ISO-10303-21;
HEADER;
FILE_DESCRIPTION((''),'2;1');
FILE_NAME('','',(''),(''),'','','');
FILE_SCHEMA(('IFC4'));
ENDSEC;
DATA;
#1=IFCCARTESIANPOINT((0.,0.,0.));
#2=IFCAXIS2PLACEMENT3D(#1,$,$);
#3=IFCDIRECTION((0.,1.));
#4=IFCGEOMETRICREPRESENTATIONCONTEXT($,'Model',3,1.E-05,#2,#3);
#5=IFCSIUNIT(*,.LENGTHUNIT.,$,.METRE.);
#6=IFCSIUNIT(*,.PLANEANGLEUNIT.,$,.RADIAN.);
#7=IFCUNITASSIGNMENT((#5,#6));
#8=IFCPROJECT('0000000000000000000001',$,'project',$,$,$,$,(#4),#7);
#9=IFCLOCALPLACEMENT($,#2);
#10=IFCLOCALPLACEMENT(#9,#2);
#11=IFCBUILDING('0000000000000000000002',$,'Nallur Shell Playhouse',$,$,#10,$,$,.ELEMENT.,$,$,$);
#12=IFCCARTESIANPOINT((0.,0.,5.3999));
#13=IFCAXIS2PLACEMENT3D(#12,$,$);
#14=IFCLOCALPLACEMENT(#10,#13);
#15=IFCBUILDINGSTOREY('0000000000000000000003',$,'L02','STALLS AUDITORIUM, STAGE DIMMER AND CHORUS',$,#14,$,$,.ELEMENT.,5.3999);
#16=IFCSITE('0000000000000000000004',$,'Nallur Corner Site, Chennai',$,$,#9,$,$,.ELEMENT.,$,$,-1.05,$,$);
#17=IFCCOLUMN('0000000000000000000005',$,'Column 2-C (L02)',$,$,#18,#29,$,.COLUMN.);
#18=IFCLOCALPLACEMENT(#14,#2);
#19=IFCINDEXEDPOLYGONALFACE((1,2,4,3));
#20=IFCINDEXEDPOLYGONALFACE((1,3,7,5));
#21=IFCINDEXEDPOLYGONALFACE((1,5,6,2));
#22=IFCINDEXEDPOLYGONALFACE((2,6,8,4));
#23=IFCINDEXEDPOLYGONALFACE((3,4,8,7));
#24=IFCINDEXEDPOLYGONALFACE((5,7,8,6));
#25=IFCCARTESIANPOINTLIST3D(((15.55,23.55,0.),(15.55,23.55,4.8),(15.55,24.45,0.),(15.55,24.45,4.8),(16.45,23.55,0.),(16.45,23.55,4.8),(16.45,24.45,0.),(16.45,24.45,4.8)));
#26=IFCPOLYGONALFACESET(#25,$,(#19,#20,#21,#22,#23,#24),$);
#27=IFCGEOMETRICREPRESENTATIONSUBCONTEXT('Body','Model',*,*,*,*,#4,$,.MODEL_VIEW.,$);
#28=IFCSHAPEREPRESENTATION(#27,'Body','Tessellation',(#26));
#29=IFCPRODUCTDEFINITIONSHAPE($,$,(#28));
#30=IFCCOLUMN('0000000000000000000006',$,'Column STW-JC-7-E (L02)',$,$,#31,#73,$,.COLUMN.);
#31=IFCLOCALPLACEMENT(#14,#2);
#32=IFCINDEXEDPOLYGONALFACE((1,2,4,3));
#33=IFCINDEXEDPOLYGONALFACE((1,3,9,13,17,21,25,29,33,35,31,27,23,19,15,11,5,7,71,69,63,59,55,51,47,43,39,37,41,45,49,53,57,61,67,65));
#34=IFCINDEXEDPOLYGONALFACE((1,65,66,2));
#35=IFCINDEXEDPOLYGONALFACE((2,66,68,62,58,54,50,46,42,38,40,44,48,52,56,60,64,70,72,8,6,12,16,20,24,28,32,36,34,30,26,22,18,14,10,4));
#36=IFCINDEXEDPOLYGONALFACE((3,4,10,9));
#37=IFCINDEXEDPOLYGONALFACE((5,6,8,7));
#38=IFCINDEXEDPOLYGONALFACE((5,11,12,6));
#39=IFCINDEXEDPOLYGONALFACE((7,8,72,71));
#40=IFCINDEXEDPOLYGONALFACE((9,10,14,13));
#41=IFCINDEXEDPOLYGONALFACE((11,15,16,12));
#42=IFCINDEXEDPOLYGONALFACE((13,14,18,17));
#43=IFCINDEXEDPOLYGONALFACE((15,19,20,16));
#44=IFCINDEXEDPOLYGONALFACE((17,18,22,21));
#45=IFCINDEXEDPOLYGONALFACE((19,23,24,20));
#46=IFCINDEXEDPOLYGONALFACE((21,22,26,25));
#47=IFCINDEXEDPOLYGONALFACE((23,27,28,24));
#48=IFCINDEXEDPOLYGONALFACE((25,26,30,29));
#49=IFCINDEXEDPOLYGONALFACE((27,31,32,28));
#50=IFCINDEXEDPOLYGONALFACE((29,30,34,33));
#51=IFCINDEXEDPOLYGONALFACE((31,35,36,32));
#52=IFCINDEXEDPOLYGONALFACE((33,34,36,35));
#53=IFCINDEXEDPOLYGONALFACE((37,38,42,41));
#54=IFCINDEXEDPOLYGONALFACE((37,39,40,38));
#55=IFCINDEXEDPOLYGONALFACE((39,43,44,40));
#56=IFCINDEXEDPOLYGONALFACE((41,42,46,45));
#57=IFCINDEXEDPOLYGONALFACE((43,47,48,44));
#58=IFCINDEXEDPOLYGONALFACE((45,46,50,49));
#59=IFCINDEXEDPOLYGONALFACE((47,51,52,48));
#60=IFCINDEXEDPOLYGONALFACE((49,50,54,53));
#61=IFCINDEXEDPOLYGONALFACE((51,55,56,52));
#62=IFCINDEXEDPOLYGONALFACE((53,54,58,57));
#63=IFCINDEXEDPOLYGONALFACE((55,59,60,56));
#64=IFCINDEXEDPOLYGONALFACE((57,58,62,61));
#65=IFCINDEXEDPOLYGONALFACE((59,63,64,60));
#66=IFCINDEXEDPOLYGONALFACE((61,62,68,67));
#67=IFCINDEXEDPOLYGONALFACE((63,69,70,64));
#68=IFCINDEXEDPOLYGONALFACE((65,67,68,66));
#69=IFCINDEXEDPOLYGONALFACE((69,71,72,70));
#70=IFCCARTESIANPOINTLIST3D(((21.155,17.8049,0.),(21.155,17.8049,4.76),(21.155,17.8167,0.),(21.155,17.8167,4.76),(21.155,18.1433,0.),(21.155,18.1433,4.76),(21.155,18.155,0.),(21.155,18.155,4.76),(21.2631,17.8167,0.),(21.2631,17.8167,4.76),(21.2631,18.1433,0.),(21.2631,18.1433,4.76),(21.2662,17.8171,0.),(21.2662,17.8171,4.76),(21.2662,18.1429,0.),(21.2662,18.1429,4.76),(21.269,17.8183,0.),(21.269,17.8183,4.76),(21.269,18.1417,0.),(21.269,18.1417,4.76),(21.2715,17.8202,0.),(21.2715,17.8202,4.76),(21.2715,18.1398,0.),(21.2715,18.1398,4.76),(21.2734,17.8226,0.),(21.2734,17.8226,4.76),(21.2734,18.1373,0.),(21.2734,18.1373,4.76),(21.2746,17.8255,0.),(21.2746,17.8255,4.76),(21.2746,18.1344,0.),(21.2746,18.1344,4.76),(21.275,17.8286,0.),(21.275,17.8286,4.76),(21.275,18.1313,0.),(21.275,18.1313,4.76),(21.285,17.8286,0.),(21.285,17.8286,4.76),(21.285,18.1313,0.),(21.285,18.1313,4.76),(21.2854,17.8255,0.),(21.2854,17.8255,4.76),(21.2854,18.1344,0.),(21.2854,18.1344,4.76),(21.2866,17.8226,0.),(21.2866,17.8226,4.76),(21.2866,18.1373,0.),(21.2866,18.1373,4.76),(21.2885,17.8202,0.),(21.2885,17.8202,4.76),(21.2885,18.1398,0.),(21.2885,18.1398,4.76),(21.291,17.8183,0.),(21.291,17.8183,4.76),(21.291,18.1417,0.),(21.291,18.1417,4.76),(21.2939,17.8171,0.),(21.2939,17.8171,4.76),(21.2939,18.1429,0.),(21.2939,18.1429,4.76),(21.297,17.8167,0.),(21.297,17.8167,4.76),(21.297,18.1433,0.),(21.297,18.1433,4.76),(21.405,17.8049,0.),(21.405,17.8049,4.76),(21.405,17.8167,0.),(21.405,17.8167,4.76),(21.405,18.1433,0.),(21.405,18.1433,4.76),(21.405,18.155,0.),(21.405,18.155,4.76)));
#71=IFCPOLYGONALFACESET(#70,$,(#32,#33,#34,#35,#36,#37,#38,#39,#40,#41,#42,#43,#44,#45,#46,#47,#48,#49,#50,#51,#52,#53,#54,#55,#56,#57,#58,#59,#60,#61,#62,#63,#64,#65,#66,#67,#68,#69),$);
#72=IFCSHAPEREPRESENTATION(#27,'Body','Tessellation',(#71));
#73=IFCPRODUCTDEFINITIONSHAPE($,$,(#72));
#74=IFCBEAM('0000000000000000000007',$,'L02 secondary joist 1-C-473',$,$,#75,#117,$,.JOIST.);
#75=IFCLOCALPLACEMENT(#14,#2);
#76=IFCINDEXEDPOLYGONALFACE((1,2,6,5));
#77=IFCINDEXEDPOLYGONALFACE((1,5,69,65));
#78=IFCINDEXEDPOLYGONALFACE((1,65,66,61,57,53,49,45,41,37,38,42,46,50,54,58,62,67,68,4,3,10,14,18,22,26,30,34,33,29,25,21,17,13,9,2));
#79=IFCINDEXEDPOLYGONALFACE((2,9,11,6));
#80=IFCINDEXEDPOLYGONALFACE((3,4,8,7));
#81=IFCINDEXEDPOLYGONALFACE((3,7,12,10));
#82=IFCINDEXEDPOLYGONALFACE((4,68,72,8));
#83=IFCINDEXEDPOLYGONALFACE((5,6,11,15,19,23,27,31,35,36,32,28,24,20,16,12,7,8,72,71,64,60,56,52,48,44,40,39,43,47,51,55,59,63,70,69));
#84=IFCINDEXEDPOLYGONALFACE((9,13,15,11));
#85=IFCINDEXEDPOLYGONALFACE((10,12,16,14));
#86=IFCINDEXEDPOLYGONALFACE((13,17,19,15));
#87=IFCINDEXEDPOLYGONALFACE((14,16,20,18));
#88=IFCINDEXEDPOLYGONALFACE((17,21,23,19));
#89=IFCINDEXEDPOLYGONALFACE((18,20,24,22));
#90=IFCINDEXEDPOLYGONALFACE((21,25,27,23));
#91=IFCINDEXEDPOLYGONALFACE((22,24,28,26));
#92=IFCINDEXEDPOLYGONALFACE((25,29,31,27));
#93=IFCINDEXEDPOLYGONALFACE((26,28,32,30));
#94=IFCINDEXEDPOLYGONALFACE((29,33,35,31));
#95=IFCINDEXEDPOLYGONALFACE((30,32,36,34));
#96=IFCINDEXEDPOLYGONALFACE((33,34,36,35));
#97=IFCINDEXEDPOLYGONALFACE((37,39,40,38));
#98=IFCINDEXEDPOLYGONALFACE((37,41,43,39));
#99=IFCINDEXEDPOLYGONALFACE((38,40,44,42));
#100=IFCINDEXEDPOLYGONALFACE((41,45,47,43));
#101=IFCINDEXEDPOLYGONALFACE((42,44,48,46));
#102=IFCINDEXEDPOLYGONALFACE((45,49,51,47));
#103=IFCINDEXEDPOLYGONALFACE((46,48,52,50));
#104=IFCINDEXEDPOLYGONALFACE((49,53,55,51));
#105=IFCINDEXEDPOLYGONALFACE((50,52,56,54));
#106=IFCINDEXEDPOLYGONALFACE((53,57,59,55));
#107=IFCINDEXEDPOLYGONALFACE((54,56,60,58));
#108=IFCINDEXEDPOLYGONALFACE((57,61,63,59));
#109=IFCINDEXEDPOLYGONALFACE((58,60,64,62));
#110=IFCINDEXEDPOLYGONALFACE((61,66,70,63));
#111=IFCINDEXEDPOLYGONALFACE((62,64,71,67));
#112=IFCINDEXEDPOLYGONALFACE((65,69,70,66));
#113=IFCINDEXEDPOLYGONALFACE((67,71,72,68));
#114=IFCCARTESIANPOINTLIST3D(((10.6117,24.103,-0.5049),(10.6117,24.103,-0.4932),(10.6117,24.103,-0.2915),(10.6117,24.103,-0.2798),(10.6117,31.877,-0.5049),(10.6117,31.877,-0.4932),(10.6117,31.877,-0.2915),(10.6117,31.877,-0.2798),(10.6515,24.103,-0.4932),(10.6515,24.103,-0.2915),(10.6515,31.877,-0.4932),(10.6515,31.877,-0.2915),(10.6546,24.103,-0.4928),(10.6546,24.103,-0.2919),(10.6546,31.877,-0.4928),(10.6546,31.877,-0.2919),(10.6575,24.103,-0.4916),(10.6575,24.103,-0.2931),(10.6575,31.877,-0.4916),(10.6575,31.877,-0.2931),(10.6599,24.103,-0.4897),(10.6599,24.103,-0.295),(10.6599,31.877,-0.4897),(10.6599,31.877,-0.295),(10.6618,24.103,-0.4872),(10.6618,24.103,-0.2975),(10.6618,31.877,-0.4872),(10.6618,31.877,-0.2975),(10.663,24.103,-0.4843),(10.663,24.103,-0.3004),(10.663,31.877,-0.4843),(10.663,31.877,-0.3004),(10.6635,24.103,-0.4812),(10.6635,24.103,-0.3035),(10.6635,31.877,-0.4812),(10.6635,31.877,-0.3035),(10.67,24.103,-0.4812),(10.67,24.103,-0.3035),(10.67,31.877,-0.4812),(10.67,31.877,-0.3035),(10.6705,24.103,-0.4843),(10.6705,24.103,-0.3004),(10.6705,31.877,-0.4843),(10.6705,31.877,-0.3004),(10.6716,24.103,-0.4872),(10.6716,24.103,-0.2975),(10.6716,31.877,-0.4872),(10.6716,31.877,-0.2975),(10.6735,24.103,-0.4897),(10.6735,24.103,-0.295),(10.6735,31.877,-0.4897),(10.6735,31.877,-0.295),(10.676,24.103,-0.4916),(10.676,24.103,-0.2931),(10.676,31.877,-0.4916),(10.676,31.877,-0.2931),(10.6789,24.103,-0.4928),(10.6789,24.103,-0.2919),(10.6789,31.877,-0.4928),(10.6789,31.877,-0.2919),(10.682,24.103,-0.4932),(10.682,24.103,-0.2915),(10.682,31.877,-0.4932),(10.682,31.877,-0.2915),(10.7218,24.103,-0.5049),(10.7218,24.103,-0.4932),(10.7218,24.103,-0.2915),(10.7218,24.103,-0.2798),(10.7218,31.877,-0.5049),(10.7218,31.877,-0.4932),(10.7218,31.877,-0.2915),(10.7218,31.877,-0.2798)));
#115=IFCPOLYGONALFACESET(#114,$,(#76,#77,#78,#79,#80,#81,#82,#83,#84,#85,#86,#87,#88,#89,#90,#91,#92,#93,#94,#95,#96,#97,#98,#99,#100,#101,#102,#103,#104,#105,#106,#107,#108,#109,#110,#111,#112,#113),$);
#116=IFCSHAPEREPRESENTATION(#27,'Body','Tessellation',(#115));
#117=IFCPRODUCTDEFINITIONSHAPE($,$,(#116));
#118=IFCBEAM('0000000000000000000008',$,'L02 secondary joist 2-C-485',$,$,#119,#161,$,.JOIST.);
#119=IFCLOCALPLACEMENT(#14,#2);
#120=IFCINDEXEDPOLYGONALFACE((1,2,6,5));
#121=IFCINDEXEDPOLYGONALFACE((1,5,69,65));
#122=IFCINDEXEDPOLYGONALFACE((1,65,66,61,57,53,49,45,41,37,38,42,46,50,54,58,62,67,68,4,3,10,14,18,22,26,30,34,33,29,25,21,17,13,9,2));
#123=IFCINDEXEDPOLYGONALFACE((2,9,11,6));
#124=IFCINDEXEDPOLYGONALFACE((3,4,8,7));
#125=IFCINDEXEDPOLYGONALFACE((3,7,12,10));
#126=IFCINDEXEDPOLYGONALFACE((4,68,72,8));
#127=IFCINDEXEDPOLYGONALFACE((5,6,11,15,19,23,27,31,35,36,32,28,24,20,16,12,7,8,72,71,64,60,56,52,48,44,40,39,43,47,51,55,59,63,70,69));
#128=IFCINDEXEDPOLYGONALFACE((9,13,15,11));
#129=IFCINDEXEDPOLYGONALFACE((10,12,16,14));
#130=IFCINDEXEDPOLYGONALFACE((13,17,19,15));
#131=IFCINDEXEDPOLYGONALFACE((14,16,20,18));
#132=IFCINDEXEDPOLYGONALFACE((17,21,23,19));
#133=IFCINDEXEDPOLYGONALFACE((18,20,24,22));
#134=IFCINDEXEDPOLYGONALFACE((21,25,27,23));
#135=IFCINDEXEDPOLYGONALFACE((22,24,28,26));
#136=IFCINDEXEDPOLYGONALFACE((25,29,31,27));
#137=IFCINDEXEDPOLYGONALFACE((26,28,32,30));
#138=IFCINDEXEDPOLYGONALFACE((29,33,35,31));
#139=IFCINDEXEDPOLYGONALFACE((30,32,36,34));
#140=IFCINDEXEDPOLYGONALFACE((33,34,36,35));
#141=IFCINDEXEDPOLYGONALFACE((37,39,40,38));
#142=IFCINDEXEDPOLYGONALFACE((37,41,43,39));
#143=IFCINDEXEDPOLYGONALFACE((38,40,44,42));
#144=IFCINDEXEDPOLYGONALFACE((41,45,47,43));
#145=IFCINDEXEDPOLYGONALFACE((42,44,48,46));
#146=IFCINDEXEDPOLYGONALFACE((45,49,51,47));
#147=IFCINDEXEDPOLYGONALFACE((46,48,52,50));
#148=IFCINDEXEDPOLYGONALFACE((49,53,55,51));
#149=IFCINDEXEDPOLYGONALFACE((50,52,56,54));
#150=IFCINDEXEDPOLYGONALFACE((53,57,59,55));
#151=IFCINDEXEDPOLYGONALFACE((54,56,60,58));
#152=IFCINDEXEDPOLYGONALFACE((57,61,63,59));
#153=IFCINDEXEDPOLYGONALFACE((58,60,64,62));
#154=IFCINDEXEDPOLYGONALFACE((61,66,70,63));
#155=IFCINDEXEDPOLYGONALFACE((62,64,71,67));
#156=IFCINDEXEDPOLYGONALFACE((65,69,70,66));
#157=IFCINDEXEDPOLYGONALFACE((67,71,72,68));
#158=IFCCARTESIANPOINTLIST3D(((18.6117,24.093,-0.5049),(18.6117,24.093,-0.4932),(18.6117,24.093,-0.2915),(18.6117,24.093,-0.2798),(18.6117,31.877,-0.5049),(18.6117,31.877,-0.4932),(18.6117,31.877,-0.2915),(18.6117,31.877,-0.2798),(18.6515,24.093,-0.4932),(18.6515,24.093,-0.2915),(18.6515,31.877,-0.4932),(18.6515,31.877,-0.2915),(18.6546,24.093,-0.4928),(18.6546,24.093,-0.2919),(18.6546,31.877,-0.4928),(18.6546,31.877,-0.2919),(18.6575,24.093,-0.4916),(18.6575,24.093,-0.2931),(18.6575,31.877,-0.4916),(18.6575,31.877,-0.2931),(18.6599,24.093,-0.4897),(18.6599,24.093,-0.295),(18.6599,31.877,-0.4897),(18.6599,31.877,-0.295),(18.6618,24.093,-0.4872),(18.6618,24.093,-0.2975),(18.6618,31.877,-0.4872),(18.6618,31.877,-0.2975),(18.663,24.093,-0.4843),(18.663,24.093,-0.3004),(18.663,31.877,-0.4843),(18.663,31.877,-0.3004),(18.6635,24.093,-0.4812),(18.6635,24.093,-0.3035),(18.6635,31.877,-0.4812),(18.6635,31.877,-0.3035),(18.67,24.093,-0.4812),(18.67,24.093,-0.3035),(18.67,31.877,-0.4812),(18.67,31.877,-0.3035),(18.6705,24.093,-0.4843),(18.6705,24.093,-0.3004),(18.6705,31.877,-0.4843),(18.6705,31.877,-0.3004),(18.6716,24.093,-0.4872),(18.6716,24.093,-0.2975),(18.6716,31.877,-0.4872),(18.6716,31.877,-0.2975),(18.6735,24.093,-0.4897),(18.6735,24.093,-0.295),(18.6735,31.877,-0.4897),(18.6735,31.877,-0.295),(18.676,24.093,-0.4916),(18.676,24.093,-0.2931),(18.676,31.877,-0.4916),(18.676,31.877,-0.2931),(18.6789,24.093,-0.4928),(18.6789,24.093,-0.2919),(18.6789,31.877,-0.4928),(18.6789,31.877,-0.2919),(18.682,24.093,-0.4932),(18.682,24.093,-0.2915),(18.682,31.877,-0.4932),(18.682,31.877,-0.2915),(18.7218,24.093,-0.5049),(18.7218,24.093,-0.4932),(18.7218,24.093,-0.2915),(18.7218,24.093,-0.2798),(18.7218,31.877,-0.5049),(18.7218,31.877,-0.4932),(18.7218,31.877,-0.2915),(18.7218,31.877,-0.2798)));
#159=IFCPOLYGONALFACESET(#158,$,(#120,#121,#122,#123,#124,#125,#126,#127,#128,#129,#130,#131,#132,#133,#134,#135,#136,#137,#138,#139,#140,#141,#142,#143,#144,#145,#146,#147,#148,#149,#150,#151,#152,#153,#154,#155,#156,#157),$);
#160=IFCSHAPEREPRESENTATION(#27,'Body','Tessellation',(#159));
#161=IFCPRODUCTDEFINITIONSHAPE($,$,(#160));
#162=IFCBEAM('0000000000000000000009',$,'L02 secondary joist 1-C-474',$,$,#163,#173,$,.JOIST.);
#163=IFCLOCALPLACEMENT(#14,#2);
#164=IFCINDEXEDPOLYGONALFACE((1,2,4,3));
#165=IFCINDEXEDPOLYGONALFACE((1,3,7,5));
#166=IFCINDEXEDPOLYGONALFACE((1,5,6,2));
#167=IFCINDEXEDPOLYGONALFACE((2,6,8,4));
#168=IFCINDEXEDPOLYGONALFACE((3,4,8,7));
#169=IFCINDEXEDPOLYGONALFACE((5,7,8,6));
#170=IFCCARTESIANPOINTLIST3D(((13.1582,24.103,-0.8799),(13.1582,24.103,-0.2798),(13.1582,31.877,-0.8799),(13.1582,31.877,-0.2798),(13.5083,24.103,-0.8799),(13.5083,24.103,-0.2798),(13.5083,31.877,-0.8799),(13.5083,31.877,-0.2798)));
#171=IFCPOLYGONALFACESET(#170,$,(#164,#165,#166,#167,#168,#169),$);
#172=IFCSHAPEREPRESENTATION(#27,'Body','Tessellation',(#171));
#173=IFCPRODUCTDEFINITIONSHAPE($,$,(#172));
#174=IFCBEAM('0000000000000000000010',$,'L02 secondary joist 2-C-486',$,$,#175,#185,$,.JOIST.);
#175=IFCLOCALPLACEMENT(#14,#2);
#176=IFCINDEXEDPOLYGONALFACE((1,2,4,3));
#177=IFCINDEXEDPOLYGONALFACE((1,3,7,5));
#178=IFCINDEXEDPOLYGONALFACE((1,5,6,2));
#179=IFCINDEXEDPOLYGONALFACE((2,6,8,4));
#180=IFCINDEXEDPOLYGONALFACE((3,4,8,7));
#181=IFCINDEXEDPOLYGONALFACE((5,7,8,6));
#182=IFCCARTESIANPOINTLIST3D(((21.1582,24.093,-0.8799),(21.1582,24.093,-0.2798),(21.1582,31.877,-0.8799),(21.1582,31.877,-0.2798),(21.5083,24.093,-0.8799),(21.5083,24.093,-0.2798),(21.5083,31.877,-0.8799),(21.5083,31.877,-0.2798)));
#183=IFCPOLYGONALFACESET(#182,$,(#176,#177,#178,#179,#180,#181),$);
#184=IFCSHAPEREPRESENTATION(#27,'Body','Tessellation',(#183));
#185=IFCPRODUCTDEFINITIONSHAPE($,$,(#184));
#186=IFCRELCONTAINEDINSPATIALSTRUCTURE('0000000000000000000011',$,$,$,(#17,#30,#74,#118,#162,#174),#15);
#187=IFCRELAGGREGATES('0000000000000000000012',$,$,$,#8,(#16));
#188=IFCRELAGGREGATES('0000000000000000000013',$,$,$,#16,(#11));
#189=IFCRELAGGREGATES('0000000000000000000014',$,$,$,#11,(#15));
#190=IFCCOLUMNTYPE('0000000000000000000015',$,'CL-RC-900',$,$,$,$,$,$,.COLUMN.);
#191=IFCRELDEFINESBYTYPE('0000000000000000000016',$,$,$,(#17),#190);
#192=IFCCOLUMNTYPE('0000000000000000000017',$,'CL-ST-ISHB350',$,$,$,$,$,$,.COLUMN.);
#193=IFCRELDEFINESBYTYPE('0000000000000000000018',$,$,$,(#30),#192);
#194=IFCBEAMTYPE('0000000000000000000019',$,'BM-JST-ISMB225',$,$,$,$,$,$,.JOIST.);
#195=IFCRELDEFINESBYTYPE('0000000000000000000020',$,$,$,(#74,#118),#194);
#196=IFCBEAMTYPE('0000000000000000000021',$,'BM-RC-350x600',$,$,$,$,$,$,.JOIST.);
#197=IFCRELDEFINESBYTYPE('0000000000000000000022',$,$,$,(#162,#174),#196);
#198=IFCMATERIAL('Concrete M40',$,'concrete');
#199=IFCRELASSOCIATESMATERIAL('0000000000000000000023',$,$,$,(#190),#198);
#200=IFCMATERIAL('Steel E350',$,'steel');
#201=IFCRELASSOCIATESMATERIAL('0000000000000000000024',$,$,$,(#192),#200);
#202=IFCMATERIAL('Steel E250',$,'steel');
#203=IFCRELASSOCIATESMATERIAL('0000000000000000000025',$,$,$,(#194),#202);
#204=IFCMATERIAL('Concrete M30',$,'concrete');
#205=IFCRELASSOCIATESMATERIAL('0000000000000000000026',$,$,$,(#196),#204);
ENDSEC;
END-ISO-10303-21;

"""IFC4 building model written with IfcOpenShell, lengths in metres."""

from ifc_helpers import new_model, si_unit, direction, frame, origin, origin_2d, place, context, subcontext, project, spatial, rectangle, i_section, extrude, material, material_profile, profile_set, type_object, element, save


model = new_model("IFC4")

# Units and contexts
model_context = context("Model", 3, precision=1e-05, world=origin(), true_north=direction((0.0, 1.0)))
body_context = subcontext(model_context, "Body", "Model", "MODEL_VIEW")
ifc_project = project(units=[si_unit("LENGTHUNIT", "METRE"), si_unit("PLANEANGLEUNIT", "RADIAN")], contexts=[model_context])

# Site, building, storey
site_placement = place(None, origin())
site = spatial("IfcSite", under=ifc_project, at=site_placement, Name="Nallur Corner Site, Chennai", CompositionType="ELEMENT", RefElevation=-1.05)
building_placement = place(site_placement, origin())
building = spatial("IfcBuilding", under=site, at=building_placement, Name="Nallur Shell Playhouse", CompositionType="ELEMENT")
storey_placement = place(building_placement, frame((0.0, 0.0, 5.3999)))
storey = spatial("IfcBuildingStorey", under=building, at=storey_placement, Name="L02", Description="STALLS AUDITORIUM, STAGE DIMMER AND CHORUS", CompositionType="ELEMENT", Elevation=5.3999)

# Columns
ifc_material_1 = material(Name="Concrete M40", Category="concrete")
ifc_material_profile_1 = material_profile(ifc_material_1, rectangle(XDim=0.8999, YDim=0.8999, at=origin_2d()), Name="RC 900x900")
ifc_profile_set_1 = profile_set([ifc_material_profile_1], Name="Concrete M40")
column_type_1 = type_object("IfcColumnType", Name="CL-RC-900", PredefinedType="COLUMN", material=ifc_profile_set_1)
column_1_placement = place(storey_placement, frame((16.0, 24.0, 0.0), z_axis=(0.0, 0.0, 1.0), x_axis=(1.0, 0.0, 0.0)))
element("IfcColumn", 1, at=column_1_placement, inside=storey, type_object=column_type_1, Name="Column 2-C (L02)", PredefinedType="COLUMN", context=body_context, shape_type="SweptSolid", body=[
    extrude(rectangle(XDim=0.8999, YDim=0.8999, at=origin_2d()), origin(), (0.0, 0.0, 1.0), 4.8),
])
ifc_material_2 = material(Name="Steel E350", Category="steel")
ifc_material_profile_2 = material_profile(ifc_material_2, i_section(OverallWidth=0.25, OverallDepth=0.3501, WebThickness=0.01, FlangeThickness=0.0117, FilletRadius=0.012, at=origin_2d()), Name="ISHB 350")
ifc_profile_set_2 = profile_set([ifc_material_profile_2], Name="Steel E350")
column_type_2 = type_object("IfcColumnType", Name="CL-ST-ISHB350", PredefinedType="COLUMN", material=ifc_profile_set_2)
column_2_placement = place(storey_placement, frame((21.28, 17.98, 0.0), z_axis=(0.0, 0.0, 1.0), x_axis=(1.0, 0.0, 0.0)))
element("IfcColumn", 2, at=column_2_placement, inside=storey, type_object=column_type_2, Name="Column STW-JC-7-E (L02)", PredefinedType="COLUMN", context=body_context, shape_type="SweptSolid", body=[
    extrude(i_section(OverallWidth=0.25, OverallDepth=0.3501, WebThickness=0.01, FlangeThickness=0.0117, FilletRadius=0.012, at=origin_2d()), origin(), (0.0, 0.0, 1.0), 4.76),
])

# Beams
ifc_material_3 = material(Name="Steel E250", Category="steel")
ifc_material_profile_3 = material_profile(ifc_material_3, i_section(OverallWidth=0.1101, OverallDepth=0.2251, WebThickness=0.0066, FlangeThickness=0.0117, FilletRadius=0.012, at=origin_2d()), Name="ISMB 225")
ifc_profile_set_3 = profile_set([ifc_material_profile_3], Name="Steel E250")
beam_type_1 = type_object("IfcBeamType", Name="BM-JST-ISMB225", PredefinedType="JOIST", material=ifc_profile_set_3)
beam_1_placement = place(storey_placement, frame((10.6667, 24.103, -0.3923), z_axis=(0.0, 1.0, 0.0), x_axis=(-1.0, 0.0, 0.0)))
element("IfcBeam", 3, at=beam_1_placement, inside=storey, type_object=beam_type_1, Name="L02 secondary joist 1-C-473", PredefinedType="JOIST", context=body_context, shape_type="SweptSolid", body=[
    extrude(i_section(OverallWidth=0.1101, OverallDepth=0.2251, WebThickness=0.0066, FlangeThickness=0.0117, FilletRadius=0.012, at=origin_2d()), origin(), (0.0, 0.0, 1.0), 7.7739),
])
beam_2_placement = place(storey_placement, frame((18.6667, 24.093, -0.3923), z_axis=(0.0, 1.0, 0.0), x_axis=(-1.0, 0.0, 0.0)))
element("IfcBeam", 4, at=beam_2_placement, inside=storey, type_object=beam_type_1, Name="L02 secondary joist 2-C-485", PredefinedType="JOIST", context=body_context, shape_type="SweptSolid", body=[
    extrude(i_section(OverallWidth=0.1101, OverallDepth=0.2251, WebThickness=0.0066, FlangeThickness=0.0117, FilletRadius=0.012, at=origin_2d()), origin(), (0.0, 0.0, 1.0), 7.7839),
])
ifc_material_4 = material(Name="Concrete M30", Category="concrete")
ifc_material_profile_4 = material_profile(ifc_material_4, rectangle(XDim=0.3501, YDim=0.6001, at=origin_2d()), Name="RC 350x600")
ifc_profile_set_4 = profile_set([ifc_material_profile_4], Name="Concrete M30")
beam_type_2 = type_object("IfcBeamType", Name="BM-RC-350x600", PredefinedType="JOIST", material=ifc_profile_set_4)
beam_3_placement = place(storey_placement, frame((13.3333, 24.103, -0.5798), z_axis=(0.0, 1.0, 0.0), x_axis=(-1.0, 0.0, 0.0)))
element("IfcBeam", 5, at=beam_3_placement, inside=storey, type_object=beam_type_2, Name="L02 secondary joist 1-C-474", PredefinedType="JOIST", context=body_context, shape_type="SweptSolid", body=[
    extrude(rectangle(XDim=0.3501, YDim=0.6001, at=origin_2d()), origin(), (0.0, 0.0, 1.0), 7.7739),
])
beam_4_placement = place(storey_placement, frame((21.3333, 24.093, -0.5798), z_axis=(0.0, 1.0, 0.0), x_axis=(-1.0, 0.0, 0.0)))
element("IfcBeam", 6, at=beam_4_placement, inside=storey, type_object=beam_type_2, Name="L02 secondary joist 2-C-486", PredefinedType="JOIST", context=body_context, shape_type="SweptSolid", body=[
    extrude(rectangle(XDim=0.3501, YDim=0.6001, at=origin_2d()), origin(), (0.0, 0.0, 1.0), 7.7839),
])

save(model, "model.ifc")
